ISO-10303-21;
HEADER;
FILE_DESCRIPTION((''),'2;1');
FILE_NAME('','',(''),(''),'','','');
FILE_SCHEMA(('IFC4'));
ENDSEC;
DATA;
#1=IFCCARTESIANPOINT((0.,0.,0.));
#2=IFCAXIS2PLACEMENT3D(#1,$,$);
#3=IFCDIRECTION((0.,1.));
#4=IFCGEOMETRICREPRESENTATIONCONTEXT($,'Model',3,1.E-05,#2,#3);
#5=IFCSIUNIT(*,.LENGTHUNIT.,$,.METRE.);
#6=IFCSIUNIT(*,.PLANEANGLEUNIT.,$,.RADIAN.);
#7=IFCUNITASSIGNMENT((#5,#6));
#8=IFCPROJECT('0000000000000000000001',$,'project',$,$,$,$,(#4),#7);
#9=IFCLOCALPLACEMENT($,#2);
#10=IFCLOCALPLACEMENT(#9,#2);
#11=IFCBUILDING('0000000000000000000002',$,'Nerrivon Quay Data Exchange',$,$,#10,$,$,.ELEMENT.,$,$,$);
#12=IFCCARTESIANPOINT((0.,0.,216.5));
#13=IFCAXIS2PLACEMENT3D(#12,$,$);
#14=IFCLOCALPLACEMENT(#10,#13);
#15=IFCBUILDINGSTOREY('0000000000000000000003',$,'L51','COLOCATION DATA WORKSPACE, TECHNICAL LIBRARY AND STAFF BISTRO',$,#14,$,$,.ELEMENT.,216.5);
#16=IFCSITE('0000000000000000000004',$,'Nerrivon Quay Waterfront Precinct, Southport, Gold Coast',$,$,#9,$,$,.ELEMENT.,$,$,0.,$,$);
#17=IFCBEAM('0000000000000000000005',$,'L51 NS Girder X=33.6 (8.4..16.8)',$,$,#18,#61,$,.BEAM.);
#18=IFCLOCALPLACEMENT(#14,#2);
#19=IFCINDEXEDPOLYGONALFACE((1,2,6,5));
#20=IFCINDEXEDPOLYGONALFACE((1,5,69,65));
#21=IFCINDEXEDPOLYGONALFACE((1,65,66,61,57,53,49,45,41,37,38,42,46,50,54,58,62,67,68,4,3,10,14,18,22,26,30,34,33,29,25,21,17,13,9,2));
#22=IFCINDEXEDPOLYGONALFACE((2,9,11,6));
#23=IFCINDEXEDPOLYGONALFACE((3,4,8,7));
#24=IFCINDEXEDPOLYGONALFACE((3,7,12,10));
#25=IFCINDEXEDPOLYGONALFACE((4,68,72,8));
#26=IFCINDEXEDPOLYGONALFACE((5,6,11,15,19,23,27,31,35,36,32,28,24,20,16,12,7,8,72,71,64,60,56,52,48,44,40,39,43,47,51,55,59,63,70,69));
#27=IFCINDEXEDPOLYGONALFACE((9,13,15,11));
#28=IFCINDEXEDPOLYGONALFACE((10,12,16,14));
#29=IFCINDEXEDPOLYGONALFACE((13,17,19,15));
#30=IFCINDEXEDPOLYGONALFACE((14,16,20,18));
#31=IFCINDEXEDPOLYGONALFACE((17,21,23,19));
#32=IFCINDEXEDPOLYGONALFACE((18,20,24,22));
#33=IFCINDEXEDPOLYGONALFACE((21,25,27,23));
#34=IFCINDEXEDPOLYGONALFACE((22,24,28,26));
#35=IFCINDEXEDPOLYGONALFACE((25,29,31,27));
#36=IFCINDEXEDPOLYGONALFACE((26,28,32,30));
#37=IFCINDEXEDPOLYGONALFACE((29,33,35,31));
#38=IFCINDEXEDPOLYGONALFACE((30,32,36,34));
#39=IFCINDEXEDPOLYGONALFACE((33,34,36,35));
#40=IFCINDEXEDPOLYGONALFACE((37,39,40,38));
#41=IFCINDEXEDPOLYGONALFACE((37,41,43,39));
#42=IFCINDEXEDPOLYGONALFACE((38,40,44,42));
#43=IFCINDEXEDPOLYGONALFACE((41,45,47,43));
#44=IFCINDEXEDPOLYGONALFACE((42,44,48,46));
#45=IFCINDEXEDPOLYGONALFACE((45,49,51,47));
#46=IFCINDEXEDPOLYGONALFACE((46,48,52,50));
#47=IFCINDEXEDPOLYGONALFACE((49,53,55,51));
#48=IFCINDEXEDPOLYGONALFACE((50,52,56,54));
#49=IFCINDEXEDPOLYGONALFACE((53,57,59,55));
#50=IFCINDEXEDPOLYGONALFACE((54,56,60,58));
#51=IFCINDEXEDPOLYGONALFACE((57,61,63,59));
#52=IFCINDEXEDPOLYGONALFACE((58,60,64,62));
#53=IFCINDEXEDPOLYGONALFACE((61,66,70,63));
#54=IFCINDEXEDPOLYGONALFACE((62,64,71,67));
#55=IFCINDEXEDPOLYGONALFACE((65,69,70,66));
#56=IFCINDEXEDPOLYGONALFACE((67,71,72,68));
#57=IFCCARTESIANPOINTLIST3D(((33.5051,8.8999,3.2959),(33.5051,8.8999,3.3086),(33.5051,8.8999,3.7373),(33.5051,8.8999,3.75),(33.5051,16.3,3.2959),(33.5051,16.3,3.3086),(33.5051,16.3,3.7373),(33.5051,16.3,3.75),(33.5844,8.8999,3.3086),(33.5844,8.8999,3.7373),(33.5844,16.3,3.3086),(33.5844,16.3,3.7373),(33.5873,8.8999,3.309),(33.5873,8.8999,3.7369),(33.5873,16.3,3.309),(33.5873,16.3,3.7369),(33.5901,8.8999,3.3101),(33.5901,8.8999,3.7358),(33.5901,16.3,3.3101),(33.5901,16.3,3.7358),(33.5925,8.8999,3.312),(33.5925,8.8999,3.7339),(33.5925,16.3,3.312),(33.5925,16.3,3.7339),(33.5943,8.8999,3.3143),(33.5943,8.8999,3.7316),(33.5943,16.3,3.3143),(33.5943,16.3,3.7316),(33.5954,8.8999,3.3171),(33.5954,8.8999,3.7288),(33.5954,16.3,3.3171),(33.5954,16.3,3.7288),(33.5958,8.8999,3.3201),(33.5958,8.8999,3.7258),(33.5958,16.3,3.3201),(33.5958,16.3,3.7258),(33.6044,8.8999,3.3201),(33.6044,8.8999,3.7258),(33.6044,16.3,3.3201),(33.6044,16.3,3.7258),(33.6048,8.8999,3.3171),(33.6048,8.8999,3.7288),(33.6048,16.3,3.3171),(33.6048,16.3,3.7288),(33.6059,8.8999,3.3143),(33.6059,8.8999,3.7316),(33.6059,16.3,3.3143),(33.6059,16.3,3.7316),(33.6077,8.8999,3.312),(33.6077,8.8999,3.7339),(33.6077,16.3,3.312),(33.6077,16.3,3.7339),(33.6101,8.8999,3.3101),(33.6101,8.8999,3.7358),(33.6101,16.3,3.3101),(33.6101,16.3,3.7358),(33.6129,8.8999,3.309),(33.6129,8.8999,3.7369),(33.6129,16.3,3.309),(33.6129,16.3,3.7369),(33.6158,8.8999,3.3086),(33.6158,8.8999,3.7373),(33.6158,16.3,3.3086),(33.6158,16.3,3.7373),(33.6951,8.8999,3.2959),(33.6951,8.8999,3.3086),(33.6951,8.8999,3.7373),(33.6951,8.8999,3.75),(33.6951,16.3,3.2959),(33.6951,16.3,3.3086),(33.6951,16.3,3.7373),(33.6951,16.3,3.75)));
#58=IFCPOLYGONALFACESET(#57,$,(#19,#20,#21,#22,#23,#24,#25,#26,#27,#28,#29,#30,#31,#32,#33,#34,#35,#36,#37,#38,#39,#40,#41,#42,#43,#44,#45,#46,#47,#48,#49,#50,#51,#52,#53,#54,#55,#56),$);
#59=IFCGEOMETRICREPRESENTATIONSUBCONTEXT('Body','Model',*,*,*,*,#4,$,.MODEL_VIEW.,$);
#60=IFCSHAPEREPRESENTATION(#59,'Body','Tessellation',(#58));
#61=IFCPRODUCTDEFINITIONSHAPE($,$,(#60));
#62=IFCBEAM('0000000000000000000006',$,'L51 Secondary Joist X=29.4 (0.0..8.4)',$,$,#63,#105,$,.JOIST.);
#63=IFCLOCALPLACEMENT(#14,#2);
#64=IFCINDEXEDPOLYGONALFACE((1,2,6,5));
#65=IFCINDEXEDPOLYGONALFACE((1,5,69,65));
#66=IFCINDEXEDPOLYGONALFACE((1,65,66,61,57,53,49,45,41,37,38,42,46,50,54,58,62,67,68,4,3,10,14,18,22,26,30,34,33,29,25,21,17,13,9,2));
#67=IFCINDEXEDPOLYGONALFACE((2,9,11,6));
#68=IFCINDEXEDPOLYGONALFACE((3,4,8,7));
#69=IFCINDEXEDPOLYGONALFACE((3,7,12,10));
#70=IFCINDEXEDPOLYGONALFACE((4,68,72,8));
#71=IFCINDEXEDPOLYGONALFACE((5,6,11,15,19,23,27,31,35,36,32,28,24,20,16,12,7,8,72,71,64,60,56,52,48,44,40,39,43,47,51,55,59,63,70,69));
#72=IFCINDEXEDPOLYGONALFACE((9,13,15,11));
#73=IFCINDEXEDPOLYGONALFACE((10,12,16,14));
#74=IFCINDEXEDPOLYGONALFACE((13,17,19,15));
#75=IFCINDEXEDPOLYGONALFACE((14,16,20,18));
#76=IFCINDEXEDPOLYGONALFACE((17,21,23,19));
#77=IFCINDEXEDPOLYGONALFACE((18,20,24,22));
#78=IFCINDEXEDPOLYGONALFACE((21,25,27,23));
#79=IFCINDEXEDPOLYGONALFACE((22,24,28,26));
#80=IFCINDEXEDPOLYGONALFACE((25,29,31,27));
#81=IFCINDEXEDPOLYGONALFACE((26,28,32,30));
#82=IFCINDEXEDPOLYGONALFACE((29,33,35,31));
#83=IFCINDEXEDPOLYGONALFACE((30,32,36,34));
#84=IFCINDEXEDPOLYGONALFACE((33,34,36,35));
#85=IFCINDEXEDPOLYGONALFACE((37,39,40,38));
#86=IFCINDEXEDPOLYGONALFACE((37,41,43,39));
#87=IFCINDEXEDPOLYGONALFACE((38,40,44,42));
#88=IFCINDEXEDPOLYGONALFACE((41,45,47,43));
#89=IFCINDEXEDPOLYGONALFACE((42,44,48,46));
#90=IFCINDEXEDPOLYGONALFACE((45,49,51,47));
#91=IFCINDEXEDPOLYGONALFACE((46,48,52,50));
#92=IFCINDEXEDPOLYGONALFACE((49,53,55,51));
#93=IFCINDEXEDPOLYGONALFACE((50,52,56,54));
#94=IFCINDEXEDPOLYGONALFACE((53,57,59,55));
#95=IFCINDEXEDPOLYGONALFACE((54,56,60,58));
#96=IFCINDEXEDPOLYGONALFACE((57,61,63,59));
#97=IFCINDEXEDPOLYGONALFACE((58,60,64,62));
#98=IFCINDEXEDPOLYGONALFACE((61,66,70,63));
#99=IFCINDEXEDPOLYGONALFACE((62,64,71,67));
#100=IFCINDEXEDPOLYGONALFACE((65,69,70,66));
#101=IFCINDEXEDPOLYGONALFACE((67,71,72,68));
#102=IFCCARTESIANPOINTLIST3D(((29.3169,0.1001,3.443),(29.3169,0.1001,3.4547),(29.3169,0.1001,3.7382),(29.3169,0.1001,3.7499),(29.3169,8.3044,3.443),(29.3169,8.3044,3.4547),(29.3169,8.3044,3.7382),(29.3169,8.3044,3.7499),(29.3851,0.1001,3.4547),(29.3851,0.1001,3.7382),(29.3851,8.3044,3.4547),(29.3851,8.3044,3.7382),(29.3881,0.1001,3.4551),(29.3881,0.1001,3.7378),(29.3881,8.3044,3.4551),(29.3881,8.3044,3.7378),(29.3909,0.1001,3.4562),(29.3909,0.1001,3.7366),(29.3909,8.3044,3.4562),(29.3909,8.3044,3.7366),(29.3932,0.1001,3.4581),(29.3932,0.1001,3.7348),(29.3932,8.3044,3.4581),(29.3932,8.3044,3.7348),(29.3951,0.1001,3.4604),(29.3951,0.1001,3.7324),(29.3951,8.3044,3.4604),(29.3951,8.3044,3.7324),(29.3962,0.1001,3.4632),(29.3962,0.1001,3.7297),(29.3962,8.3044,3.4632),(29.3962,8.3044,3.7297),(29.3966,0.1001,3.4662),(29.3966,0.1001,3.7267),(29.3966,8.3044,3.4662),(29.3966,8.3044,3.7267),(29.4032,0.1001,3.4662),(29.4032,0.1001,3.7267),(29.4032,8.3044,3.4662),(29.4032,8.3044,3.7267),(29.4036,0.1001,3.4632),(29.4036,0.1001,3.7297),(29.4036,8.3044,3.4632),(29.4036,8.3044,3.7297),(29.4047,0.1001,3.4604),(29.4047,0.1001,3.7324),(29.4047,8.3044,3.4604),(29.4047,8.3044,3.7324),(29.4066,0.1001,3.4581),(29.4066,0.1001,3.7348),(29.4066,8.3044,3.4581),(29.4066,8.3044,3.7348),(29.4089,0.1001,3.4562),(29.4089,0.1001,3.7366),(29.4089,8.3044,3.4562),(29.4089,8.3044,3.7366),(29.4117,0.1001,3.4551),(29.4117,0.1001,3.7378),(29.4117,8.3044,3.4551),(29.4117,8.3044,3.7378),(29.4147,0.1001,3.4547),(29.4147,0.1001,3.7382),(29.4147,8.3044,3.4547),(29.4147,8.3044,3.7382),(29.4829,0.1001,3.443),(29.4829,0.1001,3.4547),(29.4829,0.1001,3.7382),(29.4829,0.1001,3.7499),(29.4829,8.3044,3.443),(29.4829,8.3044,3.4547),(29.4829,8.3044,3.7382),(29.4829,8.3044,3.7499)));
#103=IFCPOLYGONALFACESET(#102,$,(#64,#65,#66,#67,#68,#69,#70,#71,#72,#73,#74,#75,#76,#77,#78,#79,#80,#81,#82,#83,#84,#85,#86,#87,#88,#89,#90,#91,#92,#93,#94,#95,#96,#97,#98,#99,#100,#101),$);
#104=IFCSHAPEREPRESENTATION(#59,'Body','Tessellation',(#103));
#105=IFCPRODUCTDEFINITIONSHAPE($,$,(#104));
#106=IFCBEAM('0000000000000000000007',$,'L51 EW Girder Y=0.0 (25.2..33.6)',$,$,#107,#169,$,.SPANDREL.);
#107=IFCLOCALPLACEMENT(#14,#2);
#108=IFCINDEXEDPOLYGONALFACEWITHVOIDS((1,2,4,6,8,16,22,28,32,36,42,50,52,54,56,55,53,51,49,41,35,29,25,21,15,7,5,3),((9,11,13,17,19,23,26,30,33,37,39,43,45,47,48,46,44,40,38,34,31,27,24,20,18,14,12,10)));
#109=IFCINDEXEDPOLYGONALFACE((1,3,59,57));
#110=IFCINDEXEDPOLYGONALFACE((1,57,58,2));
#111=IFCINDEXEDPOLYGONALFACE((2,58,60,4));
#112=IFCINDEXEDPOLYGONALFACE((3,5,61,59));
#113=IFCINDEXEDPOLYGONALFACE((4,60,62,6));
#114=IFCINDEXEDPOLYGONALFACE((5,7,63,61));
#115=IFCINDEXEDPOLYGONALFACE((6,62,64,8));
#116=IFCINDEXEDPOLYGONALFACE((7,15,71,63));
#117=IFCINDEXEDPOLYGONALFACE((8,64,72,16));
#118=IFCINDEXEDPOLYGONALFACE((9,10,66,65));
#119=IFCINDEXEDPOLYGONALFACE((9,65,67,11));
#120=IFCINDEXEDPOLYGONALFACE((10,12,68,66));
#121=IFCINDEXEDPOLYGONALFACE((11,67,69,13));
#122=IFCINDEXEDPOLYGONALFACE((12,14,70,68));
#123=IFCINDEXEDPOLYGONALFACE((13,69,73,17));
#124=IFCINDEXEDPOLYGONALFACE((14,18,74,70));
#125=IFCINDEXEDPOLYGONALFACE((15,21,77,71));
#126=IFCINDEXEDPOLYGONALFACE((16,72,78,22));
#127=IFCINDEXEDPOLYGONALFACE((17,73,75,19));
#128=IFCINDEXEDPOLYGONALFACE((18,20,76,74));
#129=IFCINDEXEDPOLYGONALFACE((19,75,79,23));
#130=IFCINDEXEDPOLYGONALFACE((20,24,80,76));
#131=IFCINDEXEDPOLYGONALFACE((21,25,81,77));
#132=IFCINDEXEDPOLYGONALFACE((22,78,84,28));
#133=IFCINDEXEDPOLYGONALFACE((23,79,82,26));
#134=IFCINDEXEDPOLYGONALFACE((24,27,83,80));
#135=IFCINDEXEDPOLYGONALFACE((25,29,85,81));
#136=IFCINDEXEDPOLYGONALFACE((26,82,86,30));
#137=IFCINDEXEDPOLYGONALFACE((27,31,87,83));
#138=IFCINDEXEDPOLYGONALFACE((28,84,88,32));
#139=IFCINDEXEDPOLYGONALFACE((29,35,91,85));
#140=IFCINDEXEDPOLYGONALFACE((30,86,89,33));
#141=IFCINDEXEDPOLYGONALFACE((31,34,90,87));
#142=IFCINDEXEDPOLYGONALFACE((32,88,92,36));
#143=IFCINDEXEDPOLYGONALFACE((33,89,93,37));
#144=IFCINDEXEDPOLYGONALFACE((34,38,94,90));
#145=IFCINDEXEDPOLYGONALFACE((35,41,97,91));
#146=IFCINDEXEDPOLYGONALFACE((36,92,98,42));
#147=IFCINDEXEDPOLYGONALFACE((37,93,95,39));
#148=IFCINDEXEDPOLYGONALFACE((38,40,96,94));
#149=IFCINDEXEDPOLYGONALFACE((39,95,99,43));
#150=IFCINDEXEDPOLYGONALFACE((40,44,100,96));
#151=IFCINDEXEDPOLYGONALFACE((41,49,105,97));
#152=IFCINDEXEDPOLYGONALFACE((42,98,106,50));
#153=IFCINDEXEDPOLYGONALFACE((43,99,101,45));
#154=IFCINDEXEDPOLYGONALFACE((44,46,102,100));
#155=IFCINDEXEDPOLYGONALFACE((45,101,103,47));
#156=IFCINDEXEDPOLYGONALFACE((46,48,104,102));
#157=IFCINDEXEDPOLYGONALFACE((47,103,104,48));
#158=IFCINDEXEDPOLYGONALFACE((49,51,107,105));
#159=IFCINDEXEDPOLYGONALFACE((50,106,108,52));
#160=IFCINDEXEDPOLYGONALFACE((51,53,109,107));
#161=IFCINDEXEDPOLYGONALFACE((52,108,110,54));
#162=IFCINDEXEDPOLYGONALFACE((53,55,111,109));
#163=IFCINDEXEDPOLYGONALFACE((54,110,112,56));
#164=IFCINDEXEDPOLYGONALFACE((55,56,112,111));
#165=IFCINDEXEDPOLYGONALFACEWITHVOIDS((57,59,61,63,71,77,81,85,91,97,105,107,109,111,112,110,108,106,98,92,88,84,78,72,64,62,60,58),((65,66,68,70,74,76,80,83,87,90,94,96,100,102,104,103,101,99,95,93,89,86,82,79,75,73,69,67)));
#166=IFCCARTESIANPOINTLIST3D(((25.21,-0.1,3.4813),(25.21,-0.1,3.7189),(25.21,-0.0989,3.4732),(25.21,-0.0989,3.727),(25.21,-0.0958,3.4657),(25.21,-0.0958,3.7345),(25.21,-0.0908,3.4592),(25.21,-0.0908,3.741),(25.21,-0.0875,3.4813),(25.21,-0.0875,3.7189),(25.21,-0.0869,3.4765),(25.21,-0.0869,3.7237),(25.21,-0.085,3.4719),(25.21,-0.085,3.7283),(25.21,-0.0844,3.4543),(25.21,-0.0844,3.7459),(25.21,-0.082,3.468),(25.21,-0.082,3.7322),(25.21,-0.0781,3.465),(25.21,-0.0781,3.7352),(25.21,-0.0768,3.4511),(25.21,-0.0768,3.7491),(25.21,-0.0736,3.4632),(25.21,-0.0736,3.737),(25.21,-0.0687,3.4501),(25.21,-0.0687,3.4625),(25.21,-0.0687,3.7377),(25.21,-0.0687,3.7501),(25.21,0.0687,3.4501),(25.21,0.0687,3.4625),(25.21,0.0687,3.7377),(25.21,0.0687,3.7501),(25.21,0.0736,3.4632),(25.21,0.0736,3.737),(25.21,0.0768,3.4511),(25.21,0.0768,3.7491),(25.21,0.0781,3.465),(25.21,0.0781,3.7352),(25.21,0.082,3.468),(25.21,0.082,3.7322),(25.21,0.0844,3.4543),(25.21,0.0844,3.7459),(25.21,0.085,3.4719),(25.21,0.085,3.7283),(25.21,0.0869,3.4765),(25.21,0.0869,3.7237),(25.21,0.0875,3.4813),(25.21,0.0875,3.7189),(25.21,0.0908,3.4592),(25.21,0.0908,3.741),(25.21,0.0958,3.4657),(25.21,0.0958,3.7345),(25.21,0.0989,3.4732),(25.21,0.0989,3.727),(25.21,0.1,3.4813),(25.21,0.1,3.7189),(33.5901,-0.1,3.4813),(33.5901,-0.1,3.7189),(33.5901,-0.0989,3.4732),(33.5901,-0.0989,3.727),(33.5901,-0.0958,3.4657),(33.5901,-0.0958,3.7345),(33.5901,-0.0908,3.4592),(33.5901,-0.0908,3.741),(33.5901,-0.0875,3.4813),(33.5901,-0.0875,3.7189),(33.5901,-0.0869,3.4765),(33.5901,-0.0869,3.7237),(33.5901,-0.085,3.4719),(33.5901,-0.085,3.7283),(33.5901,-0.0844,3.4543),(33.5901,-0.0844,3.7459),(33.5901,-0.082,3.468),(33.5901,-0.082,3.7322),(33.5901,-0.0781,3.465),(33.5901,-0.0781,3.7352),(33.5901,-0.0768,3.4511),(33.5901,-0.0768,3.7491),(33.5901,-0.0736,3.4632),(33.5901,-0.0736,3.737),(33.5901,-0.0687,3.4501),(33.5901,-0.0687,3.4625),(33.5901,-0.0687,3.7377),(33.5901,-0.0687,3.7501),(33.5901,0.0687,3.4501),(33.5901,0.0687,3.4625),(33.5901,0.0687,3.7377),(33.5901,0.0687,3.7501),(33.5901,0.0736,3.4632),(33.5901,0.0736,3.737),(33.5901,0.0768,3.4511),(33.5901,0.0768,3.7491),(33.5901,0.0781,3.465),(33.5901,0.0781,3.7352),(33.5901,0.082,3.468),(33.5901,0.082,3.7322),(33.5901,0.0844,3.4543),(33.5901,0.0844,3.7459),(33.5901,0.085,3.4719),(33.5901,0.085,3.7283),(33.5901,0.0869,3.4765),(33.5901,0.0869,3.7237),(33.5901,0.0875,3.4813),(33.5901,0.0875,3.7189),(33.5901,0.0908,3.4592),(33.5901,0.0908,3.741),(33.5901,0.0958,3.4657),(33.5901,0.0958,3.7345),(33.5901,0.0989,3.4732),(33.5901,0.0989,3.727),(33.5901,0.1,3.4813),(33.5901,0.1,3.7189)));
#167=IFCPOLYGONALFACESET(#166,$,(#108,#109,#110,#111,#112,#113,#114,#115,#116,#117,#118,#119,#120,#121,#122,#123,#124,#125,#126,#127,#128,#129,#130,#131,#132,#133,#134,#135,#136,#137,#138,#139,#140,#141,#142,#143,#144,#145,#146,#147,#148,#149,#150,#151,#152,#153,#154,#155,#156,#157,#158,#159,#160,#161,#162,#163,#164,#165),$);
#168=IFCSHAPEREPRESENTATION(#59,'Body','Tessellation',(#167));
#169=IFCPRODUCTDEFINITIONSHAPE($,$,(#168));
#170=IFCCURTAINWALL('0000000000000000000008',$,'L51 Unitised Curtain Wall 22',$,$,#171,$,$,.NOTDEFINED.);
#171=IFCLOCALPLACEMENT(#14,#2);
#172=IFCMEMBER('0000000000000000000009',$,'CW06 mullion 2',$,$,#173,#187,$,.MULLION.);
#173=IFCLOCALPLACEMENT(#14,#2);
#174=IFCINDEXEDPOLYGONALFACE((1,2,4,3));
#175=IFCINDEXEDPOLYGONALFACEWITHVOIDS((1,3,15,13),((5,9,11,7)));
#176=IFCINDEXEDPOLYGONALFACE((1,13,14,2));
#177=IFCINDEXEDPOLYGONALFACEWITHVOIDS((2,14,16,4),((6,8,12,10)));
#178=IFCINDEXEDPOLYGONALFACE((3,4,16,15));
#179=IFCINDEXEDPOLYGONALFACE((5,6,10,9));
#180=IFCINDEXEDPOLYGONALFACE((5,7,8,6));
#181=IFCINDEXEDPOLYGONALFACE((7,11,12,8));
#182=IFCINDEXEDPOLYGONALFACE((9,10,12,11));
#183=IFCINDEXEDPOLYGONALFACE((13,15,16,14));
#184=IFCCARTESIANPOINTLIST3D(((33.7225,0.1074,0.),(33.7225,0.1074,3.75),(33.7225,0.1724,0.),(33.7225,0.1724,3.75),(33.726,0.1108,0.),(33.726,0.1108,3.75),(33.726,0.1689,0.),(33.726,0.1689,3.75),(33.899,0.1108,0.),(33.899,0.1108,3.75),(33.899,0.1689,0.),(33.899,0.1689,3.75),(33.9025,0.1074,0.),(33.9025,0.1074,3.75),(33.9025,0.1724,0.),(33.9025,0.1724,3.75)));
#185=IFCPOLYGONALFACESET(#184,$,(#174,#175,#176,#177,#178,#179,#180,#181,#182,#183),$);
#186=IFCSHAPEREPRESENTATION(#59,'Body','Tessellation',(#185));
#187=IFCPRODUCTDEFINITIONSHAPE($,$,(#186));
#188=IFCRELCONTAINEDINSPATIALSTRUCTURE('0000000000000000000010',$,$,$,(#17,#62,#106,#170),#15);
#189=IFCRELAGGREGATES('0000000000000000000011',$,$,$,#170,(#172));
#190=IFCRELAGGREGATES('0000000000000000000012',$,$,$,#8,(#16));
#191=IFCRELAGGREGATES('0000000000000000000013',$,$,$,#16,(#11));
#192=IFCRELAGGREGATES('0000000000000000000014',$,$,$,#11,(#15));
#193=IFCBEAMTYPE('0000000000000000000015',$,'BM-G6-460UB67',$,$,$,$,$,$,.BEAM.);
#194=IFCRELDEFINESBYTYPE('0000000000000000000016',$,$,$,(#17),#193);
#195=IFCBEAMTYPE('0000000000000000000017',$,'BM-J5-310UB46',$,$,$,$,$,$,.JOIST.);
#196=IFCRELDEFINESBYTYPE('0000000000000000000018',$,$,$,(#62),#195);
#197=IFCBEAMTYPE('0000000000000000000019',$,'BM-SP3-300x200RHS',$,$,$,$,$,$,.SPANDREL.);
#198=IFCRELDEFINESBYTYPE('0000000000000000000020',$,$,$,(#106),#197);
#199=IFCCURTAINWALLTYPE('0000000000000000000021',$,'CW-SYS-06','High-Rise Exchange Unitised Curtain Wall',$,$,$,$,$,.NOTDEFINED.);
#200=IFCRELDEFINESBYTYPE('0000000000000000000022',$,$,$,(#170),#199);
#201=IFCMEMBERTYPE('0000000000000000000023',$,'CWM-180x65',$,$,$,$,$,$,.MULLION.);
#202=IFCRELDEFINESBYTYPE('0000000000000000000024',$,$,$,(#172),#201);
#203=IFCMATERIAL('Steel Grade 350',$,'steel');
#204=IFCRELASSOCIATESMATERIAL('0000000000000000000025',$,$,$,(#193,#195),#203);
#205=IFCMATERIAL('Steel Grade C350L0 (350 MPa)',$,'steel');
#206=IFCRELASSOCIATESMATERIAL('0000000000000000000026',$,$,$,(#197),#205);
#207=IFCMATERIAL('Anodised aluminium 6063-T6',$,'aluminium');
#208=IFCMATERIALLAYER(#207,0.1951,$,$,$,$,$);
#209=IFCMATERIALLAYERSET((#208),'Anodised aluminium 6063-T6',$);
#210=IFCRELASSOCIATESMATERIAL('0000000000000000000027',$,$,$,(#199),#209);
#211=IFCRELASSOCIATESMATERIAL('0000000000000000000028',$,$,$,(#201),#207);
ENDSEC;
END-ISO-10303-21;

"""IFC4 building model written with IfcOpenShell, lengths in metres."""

from ifc_helpers import new_model, si_unit, direction, frame, origin, origin_2d, place, context, subcontext, project, spatial, hollow_rectangle, i_section, extrude, material, layer, layer_set, material_profile, profile_set, type_object, element, aggregate, save


model = new_model("IFC4")

# Units and contexts
model_context = context("Model", 3, precision=1e-05, world=origin(), true_north=direction((0.0, 1.0)))
body_context = subcontext(model_context, "Body", "Model", "MODEL_VIEW")
ifc_project = project(units=[si_unit("LENGTHUNIT", "METRE"), si_unit("PLANEANGLEUNIT", "RADIAN")], contexts=[model_context])

# Site, building, storey
site_placement = place(None, origin())
site = spatial("IfcSite", under=ifc_project, at=site_placement, Name="Nerrivon Quay Waterfront Precinct, Southport, Gold Coast", CompositionType="ELEMENT", RefElevation=0.0)
building_placement = place(site_placement, origin())
building = spatial("IfcBuilding", under=site, at=building_placement, Name="Nerrivon Quay Data Exchange", CompositionType="ELEMENT")
storey_placement = place(building_placement, frame((0.0, 0.0, 216.5)))
storey = spatial("IfcBuildingStorey", under=building, at=storey_placement, Name="L51", Description="COLOCATION DATA WORKSPACE, TECHNICAL LIBRARY AND STAFF BISTRO", CompositionType="ELEMENT", Elevation=216.5)

# Shared definitions
ifc_material_1 = material(Name="Steel Grade 350", Category="steel")

# Beams
ifc_material_profile_1 = material_profile(ifc_material_1, i_section(OverallWidth=0.1899, OverallDepth=0.4541, WebThickness=0.0085, FlangeThickness=0.0127, FilletRadius=0.0115, at=origin_2d()), Name="460UB67.1")
ifc_profile_set_1 = profile_set([ifc_material_profile_1], Name="Steel Grade 350")
beam_type_1 = type_object("IfcBeamType", Name="BM-G6-460UB67", PredefinedType="BEAM", material=ifc_profile_set_1)
beam_1_placement = place(storey_placement, frame((33.6001, 8.8999, 3.5229), z_axis=(0.0, 1.0, 0.0), x_axis=(-1.0, 0.0, 0.0)))
element("IfcBeam", 1, at=beam_1_placement, inside=storey, type_object=beam_type_1, Name="L51 NS Girder X=33.6 (8.4..16.8)", PredefinedType="BEAM", context=body_context, shape_type="SweptSolid", body=[
    extrude(i_section(OverallWidth=0.1899, OverallDepth=0.4541, WebThickness=0.0085, FlangeThickness=0.0127, FilletRadius=0.0115, at=origin_2d()), origin(), (0.0, 0.0, 1.0), 7.4001),
])
ifc_material_profile_2 = material_profile(ifc_material_1, i_section(OverallWidth=0.166, OverallDepth=0.3069, WebThickness=0.0066, FlangeThickness=0.0117, FilletRadius=0.0115, at=origin_2d()), Name="310UB46.2")
ifc_profile_set_2 = profile_set([ifc_material_profile_2], Name="Steel Grade 350")
beam_type_2 = type_object("IfcBeamType", Name="BM-J5-310UB46", PredefinedType="JOIST", material=ifc_profile_set_2)
beam_2_placement = place(storey_placement, frame((29.3999, 0.1001, 3.5964), z_axis=(0.0, 1.0, 0.0), x_axis=(-1.0, 0.0, 0.0)))
element("IfcBeam", 2, at=beam_2_placement, inside=storey, type_object=beam_type_2, Name="L51 Secondary Joist X=29.4 (0.0..8.4)", PredefinedType="JOIST", context=body_context, shape_type="SweptSolid", body=[
    extrude(i_section(OverallWidth=0.166, OverallDepth=0.3069, WebThickness=0.0066, FlangeThickness=0.0117, FilletRadius=0.0115, at=origin_2d()), origin(), (0.0, 0.0, 1.0), 8.2043),
])
ifc_material_2 = material(Name="Steel Grade C350L0 (350 MPa)", Category="steel")
ifc_material_profile_3 = material_profile(ifc_material_2, hollow_rectangle(XDim=0.2, YDim=0.3, WallThickness=0.0125, InnerFilletRadius=0.0188, OuterFilletRadius=0.0312, at=origin_2d()), Name="300x200x12.5RHS")
ifc_profile_set_3 = profile_set([ifc_material_profile_3], Name="Steel Grade C350L0 (350 MPa)")
beam_type_3 = type_object("IfcBeamType", Name="BM-SP3-300x200RHS", PredefinedType="SPANDREL", material=ifc_profile_set_3)
beam_3_placement = place(storey_placement, frame((25.21, 0.0, 3.6001), z_axis=(1.0, 0.0, 0.0), x_axis=(0.0, 1.0, 0.0)))
element("IfcBeam", 3, at=beam_3_placement, inside=storey, type_object=beam_type_3, Name="L51 EW Girder Y=0.0 (25.2..33.6)", PredefinedType="SPANDREL", context=body_context, shape_type="SweptSolid", body=[
    extrude(hollow_rectangle(XDim=0.2, YDim=0.3, WallThickness=0.0125, InnerFilletRadius=0.0188, OuterFilletRadius=0.0312, at=origin_2d()), origin(), (0.0, 0.0, 1.0), 8.3801),
])

# Curtain wall, member
ifc_material_3 = material(Name="Anodised aluminium 6063-T6", Category="aluminium")
ifc_layer_1 = layer(ifc_material_3, 0.1951)
ifc_layer_set_1 = layer_set([ifc_layer_1], Name="Anodised aluminium 6063-T6")
curtain_wall_type = type_object("IfcCurtainWallType", Name="CW-SYS-06", Description="High-Rise Exchange Unitised Curtain Wall", PredefinedType="NOTDEFINED", material=ifc_layer_set_1)
curtain_wall_placement = place(storey_placement, origin())
curtain_wall = element("IfcCurtainWall", 4, at=curtain_wall_placement, inside=storey, type_object=curtain_wall_type, Name="L51 Unitised Curtain Wall 22", PredefinedType="NOTDEFINED")
ifc_material_profile_4 = material_profile(ifc_material_3, hollow_rectangle(XDim=0.0649, YDim=0.1799, WallThickness=0.0034, at=origin_2d()), Name="ALU-MULL-180x65")
ifc_profile_set_4 = profile_set([ifc_material_profile_4], Name="Anodised aluminium 6063-T6")
member_type = type_object("IfcMemberType", Name="CWM-180x65", PredefinedType="MULLION", material=ifc_profile_set_4)
member_placement = place(storey_placement, frame((33.8125, 0.1399, 0.0), z_axis=(0.0, 0.0, 1.0), x_axis=(0.0, -1.0, 0.0)))
member = element("IfcMember", 5, at=member_placement, type_object=member_type, Name="CW06 mullion 2", PredefinedType="MULLION", context=body_context, shape_type="SweptSolid", body=[
    extrude(hollow_rectangle(XDim=0.0649, YDim=0.1799, WallThickness=0.0034, at=origin_2d()), origin(), (0.0, 0.0, 1.0), 3.75),
])
aggregate(curtain_wall, [member])

save(model, "model.ifc")
